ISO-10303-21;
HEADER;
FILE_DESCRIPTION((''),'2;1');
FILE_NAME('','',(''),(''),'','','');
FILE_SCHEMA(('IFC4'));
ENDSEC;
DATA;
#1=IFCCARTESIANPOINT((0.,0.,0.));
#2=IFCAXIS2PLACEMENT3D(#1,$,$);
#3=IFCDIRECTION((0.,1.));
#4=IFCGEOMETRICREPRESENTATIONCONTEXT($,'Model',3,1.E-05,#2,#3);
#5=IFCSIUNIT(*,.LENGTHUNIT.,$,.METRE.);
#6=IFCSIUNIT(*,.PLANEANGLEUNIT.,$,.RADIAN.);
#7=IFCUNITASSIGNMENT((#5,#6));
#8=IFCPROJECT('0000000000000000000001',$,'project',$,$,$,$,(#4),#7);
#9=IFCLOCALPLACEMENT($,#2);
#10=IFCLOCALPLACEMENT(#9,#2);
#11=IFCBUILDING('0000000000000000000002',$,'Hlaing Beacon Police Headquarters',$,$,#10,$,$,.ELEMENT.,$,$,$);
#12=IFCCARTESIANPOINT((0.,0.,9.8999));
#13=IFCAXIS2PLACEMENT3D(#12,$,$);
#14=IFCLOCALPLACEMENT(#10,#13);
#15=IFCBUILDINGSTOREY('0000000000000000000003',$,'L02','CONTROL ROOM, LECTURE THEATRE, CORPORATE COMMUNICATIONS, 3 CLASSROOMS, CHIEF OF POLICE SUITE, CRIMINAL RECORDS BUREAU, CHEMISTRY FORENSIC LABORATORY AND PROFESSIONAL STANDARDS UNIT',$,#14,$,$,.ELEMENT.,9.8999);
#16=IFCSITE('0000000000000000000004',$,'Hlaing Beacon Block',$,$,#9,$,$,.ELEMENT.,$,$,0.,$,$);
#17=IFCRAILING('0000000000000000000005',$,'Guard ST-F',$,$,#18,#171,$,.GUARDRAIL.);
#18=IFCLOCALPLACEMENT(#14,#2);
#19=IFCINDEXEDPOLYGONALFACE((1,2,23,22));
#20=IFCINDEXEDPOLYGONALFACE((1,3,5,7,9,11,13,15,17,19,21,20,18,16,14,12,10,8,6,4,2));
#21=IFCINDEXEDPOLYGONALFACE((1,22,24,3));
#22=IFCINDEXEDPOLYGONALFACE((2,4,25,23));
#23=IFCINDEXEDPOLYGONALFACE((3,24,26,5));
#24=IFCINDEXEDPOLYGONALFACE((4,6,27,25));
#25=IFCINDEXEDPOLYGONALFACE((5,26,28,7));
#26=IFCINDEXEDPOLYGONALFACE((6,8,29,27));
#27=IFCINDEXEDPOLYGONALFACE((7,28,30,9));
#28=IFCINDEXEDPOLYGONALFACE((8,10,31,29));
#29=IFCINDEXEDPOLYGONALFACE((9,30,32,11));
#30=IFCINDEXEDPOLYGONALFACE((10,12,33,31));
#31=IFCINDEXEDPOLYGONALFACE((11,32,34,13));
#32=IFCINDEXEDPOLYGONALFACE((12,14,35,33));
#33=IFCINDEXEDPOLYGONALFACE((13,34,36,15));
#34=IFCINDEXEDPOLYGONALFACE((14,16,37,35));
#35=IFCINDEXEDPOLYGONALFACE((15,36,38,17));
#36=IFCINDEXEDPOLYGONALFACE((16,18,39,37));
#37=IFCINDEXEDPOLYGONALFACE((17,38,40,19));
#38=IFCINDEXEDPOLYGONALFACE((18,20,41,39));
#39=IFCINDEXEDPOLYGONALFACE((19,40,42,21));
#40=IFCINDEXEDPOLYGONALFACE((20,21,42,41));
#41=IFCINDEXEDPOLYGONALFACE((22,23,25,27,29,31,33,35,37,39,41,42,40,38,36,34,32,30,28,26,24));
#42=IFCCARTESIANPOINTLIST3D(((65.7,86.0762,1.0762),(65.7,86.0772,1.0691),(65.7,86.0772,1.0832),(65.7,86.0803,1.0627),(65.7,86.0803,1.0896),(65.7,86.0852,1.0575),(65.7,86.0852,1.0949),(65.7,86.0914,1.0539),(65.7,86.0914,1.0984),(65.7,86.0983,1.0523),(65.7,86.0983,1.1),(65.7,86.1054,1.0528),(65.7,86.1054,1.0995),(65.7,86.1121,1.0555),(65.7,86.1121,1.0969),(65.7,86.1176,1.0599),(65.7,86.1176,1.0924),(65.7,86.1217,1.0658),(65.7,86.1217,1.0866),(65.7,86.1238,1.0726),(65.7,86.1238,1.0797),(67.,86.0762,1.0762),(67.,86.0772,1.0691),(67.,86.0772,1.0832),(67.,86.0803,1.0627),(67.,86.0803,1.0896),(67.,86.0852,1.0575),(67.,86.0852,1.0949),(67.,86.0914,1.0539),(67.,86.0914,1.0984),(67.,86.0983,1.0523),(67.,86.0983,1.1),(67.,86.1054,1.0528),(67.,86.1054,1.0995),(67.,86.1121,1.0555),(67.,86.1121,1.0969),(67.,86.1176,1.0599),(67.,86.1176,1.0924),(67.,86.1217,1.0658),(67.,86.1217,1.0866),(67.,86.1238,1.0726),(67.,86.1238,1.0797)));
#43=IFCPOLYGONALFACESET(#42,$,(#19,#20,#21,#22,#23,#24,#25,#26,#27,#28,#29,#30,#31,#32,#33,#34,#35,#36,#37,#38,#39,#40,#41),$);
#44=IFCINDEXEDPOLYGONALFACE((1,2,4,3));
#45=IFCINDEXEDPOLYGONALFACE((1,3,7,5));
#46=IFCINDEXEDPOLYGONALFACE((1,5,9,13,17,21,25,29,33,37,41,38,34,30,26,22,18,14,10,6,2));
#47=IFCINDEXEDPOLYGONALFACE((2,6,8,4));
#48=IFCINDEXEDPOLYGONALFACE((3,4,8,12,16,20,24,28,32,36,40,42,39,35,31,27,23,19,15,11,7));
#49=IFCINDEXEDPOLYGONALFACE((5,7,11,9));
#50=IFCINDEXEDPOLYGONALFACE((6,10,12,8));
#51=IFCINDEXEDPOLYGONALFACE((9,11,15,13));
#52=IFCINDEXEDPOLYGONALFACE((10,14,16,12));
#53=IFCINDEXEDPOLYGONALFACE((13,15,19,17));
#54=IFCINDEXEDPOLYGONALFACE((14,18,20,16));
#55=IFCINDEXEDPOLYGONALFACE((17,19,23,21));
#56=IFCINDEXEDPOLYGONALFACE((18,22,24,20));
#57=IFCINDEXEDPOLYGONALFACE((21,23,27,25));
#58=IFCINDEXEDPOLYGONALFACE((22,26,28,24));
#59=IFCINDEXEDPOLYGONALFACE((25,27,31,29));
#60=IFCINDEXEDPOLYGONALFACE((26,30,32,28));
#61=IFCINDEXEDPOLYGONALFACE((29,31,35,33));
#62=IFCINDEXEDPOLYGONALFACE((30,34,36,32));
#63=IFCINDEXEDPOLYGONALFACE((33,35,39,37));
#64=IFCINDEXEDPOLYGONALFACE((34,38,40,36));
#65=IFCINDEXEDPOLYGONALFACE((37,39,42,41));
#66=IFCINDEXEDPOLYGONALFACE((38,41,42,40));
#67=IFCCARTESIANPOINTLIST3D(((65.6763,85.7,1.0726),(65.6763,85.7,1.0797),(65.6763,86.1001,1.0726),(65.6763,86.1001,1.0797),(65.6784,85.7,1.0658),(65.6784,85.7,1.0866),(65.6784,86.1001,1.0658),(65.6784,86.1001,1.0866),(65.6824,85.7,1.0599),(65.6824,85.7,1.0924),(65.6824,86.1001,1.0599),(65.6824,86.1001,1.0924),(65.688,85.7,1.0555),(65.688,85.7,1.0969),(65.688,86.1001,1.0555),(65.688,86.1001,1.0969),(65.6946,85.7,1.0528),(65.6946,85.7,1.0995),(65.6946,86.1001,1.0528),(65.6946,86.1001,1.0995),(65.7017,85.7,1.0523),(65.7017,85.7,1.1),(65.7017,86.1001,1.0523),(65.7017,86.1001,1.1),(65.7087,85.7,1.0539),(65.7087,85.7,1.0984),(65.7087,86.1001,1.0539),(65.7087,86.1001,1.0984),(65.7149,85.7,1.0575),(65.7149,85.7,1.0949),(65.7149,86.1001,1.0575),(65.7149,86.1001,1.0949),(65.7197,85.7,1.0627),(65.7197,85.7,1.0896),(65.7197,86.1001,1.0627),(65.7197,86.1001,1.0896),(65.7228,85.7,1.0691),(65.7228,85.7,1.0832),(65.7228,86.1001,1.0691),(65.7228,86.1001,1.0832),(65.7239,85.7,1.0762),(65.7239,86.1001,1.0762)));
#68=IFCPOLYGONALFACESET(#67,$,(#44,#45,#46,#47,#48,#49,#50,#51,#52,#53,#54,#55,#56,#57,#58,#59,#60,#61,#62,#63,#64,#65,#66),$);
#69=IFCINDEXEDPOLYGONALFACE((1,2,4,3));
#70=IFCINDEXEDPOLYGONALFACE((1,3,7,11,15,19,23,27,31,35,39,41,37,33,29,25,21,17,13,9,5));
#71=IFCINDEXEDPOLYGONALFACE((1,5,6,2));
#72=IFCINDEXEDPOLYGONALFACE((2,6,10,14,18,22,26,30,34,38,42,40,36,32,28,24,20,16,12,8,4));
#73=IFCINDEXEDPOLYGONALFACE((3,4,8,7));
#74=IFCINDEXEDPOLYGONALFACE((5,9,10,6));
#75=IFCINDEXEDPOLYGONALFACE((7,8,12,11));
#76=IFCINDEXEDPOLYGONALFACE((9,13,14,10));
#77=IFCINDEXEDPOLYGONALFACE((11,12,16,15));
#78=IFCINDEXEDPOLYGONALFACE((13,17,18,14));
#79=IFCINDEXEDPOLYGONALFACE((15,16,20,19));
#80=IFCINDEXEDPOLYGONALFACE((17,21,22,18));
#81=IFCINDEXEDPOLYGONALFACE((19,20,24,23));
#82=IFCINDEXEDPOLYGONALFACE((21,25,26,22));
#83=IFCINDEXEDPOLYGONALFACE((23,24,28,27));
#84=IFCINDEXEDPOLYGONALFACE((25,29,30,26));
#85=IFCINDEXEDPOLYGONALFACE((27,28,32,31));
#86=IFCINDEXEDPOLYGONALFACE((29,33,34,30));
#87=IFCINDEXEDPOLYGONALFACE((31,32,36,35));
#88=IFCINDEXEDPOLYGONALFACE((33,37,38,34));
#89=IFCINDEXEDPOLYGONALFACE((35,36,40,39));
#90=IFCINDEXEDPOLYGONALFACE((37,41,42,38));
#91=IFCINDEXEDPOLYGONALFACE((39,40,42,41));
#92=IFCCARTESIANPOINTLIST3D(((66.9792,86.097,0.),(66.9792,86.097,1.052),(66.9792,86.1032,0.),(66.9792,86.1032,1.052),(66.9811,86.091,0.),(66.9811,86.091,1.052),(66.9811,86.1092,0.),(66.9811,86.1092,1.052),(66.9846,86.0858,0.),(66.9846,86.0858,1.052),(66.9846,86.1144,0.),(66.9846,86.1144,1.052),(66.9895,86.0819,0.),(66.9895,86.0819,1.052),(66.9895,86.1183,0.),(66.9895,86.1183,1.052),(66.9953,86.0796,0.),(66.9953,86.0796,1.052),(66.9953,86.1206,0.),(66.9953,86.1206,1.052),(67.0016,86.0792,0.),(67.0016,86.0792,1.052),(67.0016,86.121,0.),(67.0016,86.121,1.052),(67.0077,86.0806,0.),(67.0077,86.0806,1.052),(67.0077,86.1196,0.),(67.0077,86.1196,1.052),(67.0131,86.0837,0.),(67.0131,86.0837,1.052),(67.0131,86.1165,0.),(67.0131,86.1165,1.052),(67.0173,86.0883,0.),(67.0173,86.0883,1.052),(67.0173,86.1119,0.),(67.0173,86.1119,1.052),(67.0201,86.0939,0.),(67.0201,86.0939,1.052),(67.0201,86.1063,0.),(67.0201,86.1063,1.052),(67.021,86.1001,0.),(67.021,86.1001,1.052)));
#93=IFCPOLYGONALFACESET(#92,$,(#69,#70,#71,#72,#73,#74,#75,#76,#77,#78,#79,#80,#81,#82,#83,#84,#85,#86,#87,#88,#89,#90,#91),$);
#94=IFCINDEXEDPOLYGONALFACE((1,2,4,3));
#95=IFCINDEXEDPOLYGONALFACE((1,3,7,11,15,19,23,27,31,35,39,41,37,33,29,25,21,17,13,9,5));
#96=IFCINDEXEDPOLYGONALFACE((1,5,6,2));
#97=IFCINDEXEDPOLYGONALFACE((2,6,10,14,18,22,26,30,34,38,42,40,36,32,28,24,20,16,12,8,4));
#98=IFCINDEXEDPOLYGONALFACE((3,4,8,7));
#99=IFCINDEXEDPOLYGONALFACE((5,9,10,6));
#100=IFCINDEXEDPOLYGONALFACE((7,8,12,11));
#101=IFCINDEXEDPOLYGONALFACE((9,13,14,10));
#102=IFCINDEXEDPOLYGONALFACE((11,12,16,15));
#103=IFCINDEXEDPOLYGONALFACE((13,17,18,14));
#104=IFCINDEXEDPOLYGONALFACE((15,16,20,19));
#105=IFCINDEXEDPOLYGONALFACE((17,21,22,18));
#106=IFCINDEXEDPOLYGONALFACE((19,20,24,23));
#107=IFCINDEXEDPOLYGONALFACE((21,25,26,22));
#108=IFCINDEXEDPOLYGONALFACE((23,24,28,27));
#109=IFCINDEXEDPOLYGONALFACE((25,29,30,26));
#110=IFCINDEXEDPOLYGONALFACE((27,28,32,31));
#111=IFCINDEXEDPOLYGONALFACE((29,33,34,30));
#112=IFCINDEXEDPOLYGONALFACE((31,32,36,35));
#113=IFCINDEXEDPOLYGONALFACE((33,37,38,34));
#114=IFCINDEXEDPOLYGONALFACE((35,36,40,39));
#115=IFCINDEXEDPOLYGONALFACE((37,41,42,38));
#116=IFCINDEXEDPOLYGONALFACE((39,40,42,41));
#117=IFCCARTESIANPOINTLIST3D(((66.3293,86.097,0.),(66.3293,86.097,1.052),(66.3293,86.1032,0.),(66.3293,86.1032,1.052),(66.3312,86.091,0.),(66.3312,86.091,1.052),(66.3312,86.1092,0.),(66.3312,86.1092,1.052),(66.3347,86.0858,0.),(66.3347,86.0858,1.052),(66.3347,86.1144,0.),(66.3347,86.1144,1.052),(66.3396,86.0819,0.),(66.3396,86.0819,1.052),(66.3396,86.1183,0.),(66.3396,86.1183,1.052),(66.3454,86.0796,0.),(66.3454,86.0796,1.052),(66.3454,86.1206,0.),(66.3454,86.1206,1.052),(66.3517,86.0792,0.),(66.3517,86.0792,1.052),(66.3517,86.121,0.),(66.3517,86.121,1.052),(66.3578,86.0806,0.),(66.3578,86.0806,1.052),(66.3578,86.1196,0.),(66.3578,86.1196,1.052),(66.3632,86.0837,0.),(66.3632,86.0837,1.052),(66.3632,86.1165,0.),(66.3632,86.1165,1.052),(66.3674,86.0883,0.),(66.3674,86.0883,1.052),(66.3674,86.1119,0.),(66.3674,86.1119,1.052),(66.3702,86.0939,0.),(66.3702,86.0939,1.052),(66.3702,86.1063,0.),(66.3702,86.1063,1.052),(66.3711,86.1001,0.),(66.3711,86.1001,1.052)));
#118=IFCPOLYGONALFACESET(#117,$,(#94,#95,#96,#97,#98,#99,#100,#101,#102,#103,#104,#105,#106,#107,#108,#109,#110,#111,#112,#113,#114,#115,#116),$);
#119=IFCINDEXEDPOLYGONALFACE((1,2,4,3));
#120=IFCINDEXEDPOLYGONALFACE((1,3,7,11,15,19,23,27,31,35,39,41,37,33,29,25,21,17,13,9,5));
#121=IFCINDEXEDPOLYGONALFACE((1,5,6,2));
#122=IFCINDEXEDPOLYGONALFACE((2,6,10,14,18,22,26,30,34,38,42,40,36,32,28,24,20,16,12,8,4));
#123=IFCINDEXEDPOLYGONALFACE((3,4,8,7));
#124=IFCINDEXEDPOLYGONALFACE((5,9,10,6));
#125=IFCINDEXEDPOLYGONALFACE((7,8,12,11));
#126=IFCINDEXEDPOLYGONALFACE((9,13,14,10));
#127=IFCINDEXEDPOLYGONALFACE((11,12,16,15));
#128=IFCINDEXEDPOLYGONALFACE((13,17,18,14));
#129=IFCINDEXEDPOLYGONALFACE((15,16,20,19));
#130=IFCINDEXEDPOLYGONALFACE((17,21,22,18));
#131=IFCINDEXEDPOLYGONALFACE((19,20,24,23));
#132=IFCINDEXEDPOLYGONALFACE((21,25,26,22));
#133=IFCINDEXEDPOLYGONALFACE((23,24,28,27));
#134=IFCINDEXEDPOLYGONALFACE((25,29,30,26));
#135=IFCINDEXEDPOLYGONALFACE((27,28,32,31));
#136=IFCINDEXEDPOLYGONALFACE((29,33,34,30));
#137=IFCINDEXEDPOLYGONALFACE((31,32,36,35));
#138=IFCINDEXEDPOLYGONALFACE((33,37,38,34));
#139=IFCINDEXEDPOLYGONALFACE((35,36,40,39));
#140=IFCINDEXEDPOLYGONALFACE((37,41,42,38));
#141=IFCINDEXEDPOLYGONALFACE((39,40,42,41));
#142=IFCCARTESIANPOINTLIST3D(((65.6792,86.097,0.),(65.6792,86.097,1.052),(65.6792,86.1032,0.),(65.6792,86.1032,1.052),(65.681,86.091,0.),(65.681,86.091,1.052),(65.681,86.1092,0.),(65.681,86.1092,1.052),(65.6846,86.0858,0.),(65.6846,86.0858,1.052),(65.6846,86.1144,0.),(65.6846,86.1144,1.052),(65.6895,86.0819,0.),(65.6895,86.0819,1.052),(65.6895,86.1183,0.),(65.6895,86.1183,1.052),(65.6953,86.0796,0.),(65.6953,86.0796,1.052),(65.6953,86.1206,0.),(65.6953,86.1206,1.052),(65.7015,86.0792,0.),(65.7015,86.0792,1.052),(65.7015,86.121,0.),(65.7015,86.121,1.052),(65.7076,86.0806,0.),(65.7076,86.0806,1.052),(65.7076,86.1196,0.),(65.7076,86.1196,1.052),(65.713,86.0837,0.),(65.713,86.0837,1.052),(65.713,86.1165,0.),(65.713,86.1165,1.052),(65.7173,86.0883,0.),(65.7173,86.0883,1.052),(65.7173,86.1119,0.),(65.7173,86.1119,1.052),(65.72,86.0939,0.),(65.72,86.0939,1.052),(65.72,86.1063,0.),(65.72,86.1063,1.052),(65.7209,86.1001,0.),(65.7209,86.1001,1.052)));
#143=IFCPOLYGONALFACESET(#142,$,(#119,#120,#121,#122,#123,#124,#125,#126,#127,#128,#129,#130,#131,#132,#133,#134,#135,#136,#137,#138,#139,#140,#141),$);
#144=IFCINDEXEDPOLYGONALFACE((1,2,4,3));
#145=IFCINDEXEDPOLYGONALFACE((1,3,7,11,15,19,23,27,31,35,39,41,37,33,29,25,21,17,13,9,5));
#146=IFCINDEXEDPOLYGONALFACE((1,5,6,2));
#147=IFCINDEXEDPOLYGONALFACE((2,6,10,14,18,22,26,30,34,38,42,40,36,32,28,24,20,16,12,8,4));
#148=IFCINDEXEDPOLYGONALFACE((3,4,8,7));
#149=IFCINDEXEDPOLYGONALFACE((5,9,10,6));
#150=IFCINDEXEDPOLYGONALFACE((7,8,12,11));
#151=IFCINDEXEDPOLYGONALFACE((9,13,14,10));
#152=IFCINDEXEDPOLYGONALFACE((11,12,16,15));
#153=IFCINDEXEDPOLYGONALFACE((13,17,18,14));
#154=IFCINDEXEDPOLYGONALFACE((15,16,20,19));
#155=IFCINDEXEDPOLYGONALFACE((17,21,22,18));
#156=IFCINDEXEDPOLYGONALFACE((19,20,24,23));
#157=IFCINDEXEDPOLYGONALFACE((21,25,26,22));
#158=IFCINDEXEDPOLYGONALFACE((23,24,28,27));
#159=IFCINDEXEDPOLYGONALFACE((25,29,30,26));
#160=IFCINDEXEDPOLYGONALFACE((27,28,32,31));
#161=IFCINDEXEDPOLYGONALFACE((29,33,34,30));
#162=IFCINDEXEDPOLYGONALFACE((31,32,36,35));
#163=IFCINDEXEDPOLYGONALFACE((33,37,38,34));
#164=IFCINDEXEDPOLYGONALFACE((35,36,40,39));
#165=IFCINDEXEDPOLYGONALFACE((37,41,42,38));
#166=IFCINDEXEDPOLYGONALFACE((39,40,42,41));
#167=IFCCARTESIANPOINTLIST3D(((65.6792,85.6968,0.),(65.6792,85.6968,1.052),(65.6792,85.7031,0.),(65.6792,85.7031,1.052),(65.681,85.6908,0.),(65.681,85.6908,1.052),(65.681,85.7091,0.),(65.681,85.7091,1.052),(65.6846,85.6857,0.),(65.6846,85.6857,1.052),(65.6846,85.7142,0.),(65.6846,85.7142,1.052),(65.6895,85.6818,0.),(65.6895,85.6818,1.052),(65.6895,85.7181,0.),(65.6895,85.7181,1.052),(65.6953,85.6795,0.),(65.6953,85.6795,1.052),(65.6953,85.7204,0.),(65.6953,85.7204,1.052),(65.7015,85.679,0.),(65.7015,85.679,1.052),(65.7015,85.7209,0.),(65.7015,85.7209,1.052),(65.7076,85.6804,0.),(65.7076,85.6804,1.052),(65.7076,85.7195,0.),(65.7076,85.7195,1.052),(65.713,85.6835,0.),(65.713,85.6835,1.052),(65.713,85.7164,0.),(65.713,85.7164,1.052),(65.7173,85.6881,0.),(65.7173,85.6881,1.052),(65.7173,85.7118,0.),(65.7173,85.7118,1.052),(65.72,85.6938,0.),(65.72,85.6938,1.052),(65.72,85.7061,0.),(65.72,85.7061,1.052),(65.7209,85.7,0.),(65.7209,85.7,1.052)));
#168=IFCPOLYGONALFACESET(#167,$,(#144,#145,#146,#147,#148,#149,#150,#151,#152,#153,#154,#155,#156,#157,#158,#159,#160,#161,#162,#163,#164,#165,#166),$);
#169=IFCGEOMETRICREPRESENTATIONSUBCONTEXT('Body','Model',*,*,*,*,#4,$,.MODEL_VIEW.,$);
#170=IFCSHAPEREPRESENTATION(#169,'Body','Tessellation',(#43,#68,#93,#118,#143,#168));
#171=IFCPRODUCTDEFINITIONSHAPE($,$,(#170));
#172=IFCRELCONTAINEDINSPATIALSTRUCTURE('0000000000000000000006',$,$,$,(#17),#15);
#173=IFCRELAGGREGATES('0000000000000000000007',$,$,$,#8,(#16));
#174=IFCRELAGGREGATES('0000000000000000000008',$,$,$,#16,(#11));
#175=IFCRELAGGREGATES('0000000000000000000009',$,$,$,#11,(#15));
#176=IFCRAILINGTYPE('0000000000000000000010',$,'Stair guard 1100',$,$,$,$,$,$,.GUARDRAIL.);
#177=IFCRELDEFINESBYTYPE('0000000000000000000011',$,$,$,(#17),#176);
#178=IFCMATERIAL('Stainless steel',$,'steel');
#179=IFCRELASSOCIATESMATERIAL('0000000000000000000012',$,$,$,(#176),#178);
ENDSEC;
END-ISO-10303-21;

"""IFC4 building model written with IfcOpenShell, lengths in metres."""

from ifc_helpers import new_model, si_unit, direction, frame, origin, origin_2d, place, context, subcontext, project, spatial, circle, extrude, material, type_object, element, save


model = new_model("IFC4")

# Units and contexts
model_context = context("Model", 3, precision=1e-05, world=origin(), true_north=direction((0.0, 1.0)))
body_context = subcontext(model_context, "Body", "Model", "MODEL_VIEW")
ifc_project = project(units=[si_unit("LENGTHUNIT", "METRE"), si_unit("PLANEANGLEUNIT", "RADIAN")], contexts=[model_context])

# Site, building, storey
site_placement = place(None, origin())
site = spatial("IfcSite", under=ifc_project, at=site_placement, Name="Hlaing Beacon Block", CompositionType="ELEMENT", RefElevation=0.0)
building_placement = place(site_placement, origin())
building = spatial("IfcBuilding", under=site, at=building_placement, Name="Hlaing Beacon Police Headquarters", CompositionType="ELEMENT")
storey_placement = place(building_placement, frame((0.0, 0.0, 9.8999)))
storey = spatial("IfcBuildingStorey", under=building, at=storey_placement, Name="L02", Description="CONTROL ROOM, LECTURE THEATRE, CORPORATE COMMUNICATIONS, 3 CLASSROOMS, CHIEF OF POLICE SUITE, CRIMINAL RECORDS BUREAU, CHEMISTRY FORENSIC LABORATORY AND PROFESSIONAL STANDARDS UNIT", CompositionType="ELEMENT", Elevation=9.8999)

# Railing
ifc_material_1 = material(Name="Stainless steel", Category="steel")
railing_type = type_object("IfcRailingType", Name="Stair guard 1100", PredefinedType="GUARDRAIL", material=ifc_material_1)
railing_placement = place(storey_placement, frame((67.0, 86.1001, 0.0)))
element("IfcRailing", 1, at=railing_placement, inside=storey, type_object=railing_type, Name="Guard ST-F", PredefinedType="GUARDRAIL", context=body_context, shape_type="SweptSolid", body=[
    extrude(circle(Radius=0.0239, at=origin_2d()), frame((0.0, 0.0, 1.0762), z_axis=(-1.0, 0.0, 0.0), x_axis=(0.0, -1.0, 0.0)), (0.0, 0.0, 1.0), 1.3),
    extrude(circle(Radius=0.0239, at=origin_2d()), frame((-1.3, 0.0, 1.0762), z_axis=(0.0, -1.0, 0.0), x_axis=(1.0, 0.0, 0.0)), (0.0, 0.0, 1.0), 0.4001),
    extrude(circle(Radius=0.021, at=origin_2d()), origin(), (0.0, 0.0, 1.0), 1.052),
    extrude(circle(Radius=0.021, at=origin_2d()), frame((-0.6499, 0.0, 0.0)), (0.0, 0.0, 1.0), 1.052),
    extrude(circle(Radius=0.021, at=origin_2d()), frame((-1.3, 0.0, 0.0)), (0.0, 0.0, 1.0), 1.052),
    extrude(circle(Radius=0.021, at=origin_2d()), frame((-1.3, -0.4001, 0.0)), (0.0, 0.0, 1.0), 1.052),
])

save(model, "model.ifc")
